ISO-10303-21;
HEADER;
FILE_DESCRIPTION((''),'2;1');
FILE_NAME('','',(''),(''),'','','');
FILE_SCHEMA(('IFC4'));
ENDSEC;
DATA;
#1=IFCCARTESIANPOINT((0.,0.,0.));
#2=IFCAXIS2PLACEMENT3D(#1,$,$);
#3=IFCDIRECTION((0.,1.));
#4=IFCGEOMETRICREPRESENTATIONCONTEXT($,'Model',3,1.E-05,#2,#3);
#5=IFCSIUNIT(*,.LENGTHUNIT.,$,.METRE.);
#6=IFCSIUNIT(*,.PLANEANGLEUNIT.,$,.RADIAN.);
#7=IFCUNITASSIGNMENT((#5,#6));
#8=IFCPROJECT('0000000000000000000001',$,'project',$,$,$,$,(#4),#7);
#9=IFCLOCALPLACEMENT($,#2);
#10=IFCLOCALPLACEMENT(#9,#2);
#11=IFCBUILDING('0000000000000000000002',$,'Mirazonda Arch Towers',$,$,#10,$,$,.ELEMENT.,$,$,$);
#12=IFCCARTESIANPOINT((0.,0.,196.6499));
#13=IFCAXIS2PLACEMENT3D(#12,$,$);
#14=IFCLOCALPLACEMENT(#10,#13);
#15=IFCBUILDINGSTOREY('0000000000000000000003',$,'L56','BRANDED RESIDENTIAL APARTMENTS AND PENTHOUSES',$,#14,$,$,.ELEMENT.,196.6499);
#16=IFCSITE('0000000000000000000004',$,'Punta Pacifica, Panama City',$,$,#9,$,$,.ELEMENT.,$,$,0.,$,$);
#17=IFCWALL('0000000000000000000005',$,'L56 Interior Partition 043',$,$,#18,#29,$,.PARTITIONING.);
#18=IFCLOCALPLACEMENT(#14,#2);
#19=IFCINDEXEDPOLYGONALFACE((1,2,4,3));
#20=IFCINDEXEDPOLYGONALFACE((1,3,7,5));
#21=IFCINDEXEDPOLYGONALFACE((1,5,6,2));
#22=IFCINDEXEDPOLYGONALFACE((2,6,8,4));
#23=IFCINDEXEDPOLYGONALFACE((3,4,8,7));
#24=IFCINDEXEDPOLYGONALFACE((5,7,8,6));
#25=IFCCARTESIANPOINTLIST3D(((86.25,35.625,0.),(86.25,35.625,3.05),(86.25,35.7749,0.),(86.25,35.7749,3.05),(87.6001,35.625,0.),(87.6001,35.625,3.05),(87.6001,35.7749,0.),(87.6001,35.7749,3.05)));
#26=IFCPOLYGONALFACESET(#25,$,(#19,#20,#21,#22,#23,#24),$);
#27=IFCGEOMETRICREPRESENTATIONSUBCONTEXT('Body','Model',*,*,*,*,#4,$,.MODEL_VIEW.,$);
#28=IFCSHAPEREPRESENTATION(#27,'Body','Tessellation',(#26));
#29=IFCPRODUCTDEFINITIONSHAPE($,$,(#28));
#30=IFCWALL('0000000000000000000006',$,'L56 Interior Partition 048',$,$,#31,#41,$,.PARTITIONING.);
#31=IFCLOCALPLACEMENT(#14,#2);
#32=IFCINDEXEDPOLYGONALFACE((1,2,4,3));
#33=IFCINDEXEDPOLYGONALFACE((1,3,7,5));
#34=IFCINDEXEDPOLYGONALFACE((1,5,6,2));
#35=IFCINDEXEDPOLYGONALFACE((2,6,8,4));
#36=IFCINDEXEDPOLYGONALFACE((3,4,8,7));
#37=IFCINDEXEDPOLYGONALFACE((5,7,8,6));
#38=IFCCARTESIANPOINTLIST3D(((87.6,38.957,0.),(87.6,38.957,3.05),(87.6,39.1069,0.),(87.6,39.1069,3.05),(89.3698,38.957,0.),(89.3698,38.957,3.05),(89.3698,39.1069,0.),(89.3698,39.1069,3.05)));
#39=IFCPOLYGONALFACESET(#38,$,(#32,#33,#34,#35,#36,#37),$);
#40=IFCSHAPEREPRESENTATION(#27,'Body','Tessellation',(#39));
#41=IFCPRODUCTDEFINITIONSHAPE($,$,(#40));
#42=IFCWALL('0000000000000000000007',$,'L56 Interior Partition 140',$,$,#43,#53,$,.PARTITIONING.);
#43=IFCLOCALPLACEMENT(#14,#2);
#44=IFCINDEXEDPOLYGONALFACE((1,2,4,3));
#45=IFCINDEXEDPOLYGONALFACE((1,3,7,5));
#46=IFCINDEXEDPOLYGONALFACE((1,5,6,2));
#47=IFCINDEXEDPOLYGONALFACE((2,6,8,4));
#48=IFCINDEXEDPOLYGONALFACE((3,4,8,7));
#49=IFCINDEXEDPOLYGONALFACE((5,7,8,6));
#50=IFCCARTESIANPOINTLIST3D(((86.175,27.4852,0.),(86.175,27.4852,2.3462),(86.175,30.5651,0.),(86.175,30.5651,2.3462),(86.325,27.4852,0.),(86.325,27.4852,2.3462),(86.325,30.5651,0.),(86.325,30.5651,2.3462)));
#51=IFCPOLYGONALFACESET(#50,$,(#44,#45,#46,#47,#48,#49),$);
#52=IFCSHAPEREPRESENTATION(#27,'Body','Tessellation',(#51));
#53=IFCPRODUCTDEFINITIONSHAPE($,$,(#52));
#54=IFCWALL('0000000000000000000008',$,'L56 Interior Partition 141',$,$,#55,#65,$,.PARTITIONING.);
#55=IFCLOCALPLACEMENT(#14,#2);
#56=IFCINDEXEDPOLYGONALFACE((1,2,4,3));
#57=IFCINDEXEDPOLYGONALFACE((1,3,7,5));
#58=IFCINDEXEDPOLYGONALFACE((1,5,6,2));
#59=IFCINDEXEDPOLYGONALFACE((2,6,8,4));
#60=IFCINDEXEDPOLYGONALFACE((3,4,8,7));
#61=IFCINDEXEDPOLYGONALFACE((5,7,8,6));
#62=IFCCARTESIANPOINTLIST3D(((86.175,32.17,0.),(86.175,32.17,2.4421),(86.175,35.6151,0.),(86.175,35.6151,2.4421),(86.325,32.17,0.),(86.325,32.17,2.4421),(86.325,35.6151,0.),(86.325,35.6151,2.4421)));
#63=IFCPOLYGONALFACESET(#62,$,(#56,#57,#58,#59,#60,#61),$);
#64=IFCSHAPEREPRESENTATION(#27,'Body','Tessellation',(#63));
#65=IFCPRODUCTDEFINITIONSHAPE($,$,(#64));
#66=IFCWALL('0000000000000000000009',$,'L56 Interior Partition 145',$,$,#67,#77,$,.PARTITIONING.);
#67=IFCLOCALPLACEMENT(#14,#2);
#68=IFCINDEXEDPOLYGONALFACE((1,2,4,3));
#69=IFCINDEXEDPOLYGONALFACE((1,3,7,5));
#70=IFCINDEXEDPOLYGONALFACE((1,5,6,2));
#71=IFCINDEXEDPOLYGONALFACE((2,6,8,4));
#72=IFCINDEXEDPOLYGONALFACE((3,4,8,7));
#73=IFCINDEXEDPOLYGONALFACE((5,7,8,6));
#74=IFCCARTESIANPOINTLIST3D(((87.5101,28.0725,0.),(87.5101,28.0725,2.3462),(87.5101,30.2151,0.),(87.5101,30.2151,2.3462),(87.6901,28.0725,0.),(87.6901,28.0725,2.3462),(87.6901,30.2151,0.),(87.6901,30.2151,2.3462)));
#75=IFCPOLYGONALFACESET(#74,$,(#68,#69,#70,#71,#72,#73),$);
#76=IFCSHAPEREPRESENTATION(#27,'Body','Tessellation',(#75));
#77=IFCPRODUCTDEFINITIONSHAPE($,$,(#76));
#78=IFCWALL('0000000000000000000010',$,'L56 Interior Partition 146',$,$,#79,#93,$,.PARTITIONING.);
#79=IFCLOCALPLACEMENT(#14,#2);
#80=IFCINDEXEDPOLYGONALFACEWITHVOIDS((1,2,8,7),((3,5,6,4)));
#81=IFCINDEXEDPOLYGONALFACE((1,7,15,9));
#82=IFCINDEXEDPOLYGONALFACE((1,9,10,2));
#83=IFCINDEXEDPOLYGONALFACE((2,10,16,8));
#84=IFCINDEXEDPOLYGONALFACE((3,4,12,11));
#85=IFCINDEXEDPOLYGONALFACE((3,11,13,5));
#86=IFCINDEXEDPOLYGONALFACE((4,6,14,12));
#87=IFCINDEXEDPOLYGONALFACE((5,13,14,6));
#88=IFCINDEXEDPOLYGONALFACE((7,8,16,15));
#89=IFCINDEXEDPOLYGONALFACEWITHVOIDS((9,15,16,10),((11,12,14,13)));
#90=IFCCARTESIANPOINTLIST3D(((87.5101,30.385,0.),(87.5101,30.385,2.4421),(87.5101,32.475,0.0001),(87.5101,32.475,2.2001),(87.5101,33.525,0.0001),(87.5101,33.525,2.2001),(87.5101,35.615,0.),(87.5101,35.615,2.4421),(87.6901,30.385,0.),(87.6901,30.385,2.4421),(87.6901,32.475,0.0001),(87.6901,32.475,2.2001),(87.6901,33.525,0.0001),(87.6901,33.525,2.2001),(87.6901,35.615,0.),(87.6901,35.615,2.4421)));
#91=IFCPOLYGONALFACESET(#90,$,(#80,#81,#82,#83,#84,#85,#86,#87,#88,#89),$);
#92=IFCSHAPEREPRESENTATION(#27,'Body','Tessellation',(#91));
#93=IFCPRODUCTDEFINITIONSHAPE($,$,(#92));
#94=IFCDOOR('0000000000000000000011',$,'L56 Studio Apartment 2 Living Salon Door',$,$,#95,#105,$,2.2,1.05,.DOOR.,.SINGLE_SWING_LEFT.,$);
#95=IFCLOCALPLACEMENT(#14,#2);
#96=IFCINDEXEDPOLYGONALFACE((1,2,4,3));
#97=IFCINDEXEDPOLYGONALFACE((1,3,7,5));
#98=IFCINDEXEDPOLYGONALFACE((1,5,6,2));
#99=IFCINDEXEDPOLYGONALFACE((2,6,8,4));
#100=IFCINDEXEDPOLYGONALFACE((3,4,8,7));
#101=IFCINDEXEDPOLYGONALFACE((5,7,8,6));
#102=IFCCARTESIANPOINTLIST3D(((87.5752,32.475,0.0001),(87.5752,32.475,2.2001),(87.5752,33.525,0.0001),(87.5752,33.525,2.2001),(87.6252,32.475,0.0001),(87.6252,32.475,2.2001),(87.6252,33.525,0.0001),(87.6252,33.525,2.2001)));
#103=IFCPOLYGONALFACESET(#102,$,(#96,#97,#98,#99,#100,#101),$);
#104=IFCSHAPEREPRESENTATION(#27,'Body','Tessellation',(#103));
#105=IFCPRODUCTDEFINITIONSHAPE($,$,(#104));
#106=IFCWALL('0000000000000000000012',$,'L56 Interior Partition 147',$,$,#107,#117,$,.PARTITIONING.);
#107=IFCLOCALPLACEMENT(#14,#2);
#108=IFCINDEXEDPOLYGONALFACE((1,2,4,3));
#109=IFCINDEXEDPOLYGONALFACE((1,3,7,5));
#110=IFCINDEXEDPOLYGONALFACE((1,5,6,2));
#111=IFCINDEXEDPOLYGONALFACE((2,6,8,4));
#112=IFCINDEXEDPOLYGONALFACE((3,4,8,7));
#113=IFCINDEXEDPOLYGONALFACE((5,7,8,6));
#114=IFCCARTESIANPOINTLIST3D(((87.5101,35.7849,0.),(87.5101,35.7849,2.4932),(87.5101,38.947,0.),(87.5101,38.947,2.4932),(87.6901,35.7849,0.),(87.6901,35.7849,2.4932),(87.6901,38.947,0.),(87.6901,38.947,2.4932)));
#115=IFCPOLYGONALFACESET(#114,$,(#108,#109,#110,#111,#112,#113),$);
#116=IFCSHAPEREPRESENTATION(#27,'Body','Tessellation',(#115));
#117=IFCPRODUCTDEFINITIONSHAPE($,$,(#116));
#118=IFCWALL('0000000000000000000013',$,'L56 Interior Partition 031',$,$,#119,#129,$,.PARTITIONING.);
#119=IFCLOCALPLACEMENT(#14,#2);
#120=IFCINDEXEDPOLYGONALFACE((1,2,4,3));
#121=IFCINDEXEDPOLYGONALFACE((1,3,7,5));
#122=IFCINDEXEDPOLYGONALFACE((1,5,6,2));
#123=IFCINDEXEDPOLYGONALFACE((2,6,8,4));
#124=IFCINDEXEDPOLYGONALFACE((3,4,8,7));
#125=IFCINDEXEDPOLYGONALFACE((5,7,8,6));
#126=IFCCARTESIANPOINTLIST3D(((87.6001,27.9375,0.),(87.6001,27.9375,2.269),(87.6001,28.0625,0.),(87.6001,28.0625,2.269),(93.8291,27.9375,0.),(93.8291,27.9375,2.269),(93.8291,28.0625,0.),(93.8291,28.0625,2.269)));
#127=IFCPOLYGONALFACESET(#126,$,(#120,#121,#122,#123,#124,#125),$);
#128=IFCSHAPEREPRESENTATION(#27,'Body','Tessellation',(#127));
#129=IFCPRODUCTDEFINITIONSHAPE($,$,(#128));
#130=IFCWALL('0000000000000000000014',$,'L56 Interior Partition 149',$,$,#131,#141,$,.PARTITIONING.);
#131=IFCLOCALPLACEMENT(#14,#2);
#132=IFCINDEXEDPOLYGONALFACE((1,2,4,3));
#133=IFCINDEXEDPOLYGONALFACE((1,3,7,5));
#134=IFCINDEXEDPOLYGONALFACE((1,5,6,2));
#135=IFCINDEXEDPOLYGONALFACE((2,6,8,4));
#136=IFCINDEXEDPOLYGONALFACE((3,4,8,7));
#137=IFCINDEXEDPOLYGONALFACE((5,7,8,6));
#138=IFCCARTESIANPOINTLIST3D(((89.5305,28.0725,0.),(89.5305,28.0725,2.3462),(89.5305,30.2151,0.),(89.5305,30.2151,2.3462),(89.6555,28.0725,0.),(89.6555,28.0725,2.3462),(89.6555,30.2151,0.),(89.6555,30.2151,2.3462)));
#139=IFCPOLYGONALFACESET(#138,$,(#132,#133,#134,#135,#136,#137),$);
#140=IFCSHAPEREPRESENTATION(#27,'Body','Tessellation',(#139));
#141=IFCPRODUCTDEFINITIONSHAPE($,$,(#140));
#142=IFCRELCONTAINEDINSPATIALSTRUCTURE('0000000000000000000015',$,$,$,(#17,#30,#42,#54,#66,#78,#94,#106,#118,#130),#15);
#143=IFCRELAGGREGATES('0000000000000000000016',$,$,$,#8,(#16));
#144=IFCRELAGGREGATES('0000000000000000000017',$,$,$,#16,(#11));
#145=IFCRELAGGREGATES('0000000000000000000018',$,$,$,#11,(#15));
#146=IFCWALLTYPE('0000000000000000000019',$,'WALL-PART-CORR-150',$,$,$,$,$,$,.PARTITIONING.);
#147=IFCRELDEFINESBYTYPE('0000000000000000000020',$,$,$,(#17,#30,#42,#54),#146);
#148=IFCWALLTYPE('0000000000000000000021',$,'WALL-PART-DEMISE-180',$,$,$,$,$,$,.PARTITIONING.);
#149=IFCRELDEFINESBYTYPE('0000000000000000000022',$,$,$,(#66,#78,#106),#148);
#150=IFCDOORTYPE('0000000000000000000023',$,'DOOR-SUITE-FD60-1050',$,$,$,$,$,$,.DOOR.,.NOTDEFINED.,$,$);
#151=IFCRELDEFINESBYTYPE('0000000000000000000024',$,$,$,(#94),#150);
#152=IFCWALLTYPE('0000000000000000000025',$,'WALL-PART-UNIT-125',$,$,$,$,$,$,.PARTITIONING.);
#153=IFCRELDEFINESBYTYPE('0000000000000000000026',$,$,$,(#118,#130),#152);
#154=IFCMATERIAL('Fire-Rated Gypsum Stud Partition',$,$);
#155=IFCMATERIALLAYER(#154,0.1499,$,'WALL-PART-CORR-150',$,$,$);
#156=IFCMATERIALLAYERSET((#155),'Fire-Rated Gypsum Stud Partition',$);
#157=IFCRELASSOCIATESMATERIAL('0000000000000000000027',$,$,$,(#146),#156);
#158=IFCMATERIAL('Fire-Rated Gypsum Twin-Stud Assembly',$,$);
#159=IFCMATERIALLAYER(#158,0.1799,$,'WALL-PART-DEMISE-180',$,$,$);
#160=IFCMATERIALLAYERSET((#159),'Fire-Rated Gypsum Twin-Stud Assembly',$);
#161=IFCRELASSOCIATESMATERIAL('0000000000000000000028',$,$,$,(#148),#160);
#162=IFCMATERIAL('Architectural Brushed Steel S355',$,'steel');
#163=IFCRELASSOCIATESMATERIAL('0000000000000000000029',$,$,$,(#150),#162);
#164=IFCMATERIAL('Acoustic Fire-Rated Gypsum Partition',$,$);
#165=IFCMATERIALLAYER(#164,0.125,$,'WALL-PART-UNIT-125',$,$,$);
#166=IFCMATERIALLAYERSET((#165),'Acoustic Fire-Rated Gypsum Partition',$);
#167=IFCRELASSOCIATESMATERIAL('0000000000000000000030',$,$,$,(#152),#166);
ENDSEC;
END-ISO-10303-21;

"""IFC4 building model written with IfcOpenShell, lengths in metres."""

from ifc_helpers import new_model, si_unit, direction, frame, frame_2d, origin, place, context, subcontext, project, spatial, rectangle, extrude, material, layer, layer_set, type_object, element, fill, save


model = new_model("IFC4")

# Units and contexts
model_context = context("Model", 3, precision=1e-05, world=origin(), true_north=direction((0.0, 1.0)))
body_context = subcontext(model_context, "Body", "Model", "MODEL_VIEW")
ifc_project = project(units=[si_unit("LENGTHUNIT", "METRE"), si_unit("PLANEANGLEUNIT", "RADIAN")], contexts=[model_context])

# Site, building, storey
site_placement = place(None, origin())
site = spatial("IfcSite", under=ifc_project, at=site_placement, Name="Punta Pacifica, Panama City", CompositionType="ELEMENT", RefElevation=0.0)
building_placement = place(site_placement, origin())
building = spatial("IfcBuilding", under=site, at=building_placement, Name="Mirazonda Arch Towers", CompositionType="ELEMENT")
storey_placement = place(building_placement, frame((0.0, 0.0, 196.6499)))
storey = spatial("IfcBuildingStorey", under=building, at=storey_placement, Name="L56", Description="BRANDED RESIDENTIAL APARTMENTS AND PENTHOUSES", CompositionType="ELEMENT", Elevation=196.6499)

# Shared definitions
ifc_material_1 = material(Name="Fire-Rated Gypsum Stud Partition")
ifc_layer_1 = layer(ifc_material_1, 0.1499, Name="WALL-PART-CORR-150")
ifc_layer_set_1 = layer_set([ifc_layer_1], Name="Fire-Rated Gypsum Stud Partition")
wall_type_1 = type_object("IfcWallType", Name="WALL-PART-CORR-150", PredefinedType="PARTITIONING", material=ifc_layer_set_1)
ifc_material_2 = material(Name="Architectural Brushed Steel S355", Category="steel")

# Walls
wall_1_placement = place(storey_placement, frame((86.25, 35.7, 0.0), z_axis=(0.0, 0.0, 1.0), x_axis=(1.0, 0.0, 0.0)))
element("IfcWall", 1, at=wall_1_placement, inside=storey, type_object=wall_type_1, Name="L56 Interior Partition 043", PredefinedType="PARTITIONING", context=body_context, shape_type="SweptSolid", body=[
    extrude(rectangle(XDim=1.3501, YDim=0.1499, at=frame_2d((0.675, 0.0))), origin(), (0.0, 0.0, 1.0), 3.05),
])
wall_2_placement = place(storey_placement, frame((87.6001, 39.032, 0.0), z_axis=(0.0, 0.0, 1.0), x_axis=(1.0, 0.0, 0.0)))
element("IfcWall", 2, at=wall_2_placement, inside=storey, type_object=wall_type_1, Name="L56 Interior Partition 048", PredefinedType="PARTITIONING", context=body_context, shape_type="SweptSolid", body=[
    extrude(rectangle(XDim=1.7698, YDim=0.1499, at=frame_2d((0.8848, 0.0))), origin(), (0.0, 0.0, 1.0), 3.05),
])
wall_3_placement = place(storey_placement, frame((86.25, 27.4851, 0.0), z_axis=(0.0, 0.0, 1.0), x_axis=(0.0, 1.0, 0.0)))
element("IfcWall", 3, at=wall_3_placement, inside=storey, type_object=wall_type_1, Name="L56 Interior Partition 140", PredefinedType="PARTITIONING", context=body_context, shape_type="SweptSolid", body=[
    extrude(rectangle(XDim=3.0798, YDim=0.1499, at=frame_2d((1.54, 0.0))), origin(), (0.0, 0.0, 1.0), 2.3462),
])
wall_4_placement = place(storey_placement, frame((86.25, 32.1699, 0.0), z_axis=(0.0, 0.0, 1.0), x_axis=(0.0, 1.0, 0.0)))
element("IfcWall", 4, at=wall_4_placement, inside=storey, type_object=wall_type_1, Name="L56 Interior Partition 141", PredefinedType="PARTITIONING", context=body_context, shape_type="SweptSolid", body=[
    extrude(rectangle(XDim=3.4451, YDim=0.1499, at=frame_2d((1.7227, 0.0))), origin(), (0.0, 0.0, 1.0), 2.4421),
])
ifc_material_3 = material(Name="Fire-Rated Gypsum Twin-Stud Assembly")
ifc_layer_2 = layer(ifc_material_3, 0.1799, Name="WALL-PART-DEMISE-180")
ifc_layer_set_2 = layer_set([ifc_layer_2], Name="Fire-Rated Gypsum Twin-Stud Assembly")
wall_type_2 = type_object("IfcWallType", Name="WALL-PART-DEMISE-180", PredefinedType="PARTITIONING", material=ifc_layer_set_2)
wall_5_placement = place(storey_placement, frame((87.6001, 28.0725, 0.0), z_axis=(0.0, 0.0, 1.0), x_axis=(0.0, 1.0, 0.0)))
element("IfcWall", 5, at=wall_5_placement, inside=storey, type_object=wall_type_2, Name="L56 Interior Partition 145", PredefinedType="PARTITIONING", context=body_context, shape_type="SweptSolid", body=[
    extrude(rectangle(XDim=2.1426, YDim=0.1799, at=frame_2d((1.0713, 0.0))), origin(), (0.0, 0.0, 1.0), 2.3462),
])

# Wall, opening, door
wall_6_placement = place(storey_placement, frame((87.6001, 30.385, 0.0), z_axis=(0.0, 0.0, 1.0), x_axis=(0.0, 1.0, 0.0)))
wall_6 = element("IfcWall", 6, at=wall_6_placement, inside=storey, type_object=wall_type_2, Name="L56 Interior Partition 146", PredefinedType="PARTITIONING", context=body_context, shape_type="SweptSolid", body=[
    extrude(rectangle(XDim=5.23, YDim=0.1799, at=frame_2d((2.615, 0.0))), origin(), (0.0, 0.0, 1.0), 2.4421),
])
opening_1_placement = place(wall_6_placement, frame((2.0901, 0.0, 0.0)))
opening_1 = element("IfcOpeningElement", 7, at=opening_1_placement, cuts=wall_6, PredefinedType="OPENING", context=body_context, shape_type="SweptSolid", body=[
    extrude(rectangle(XDim=1.05, YDim=2.2, at=frame_2d((0.5249, 1.1001))), frame((0.0, 0.0999, 0.0), z_axis=(0.0, -1.0, 0.0), x_axis=(1.0, 0.0, 0.0)), (0.0, 0.0, 1.0), 0.2),
])
door_type_1 = type_object("IfcDoorType", Name="DOOR-SUITE-FD60-1050", OperationType="NOTDEFINED", PredefinedType="DOOR", material=ifc_material_2)
door_1_placement = place(opening_1_placement, origin())
door_1 = element("IfcDoor", 8, at=door_1_placement, inside=storey, type_object=door_type_1, Name="L56 Studio Apartment 2 Living Salon Door", OperationType="SINGLE_SWING_LEFT", OverallHeight=2.2, OverallWidth=1.05, PredefinedType="DOOR", context=body_context, shape_type="SweptSolid", body=[
    extrude(rectangle(XDim=1.05, YDim=2.2, at=frame_2d((0.5249, 1.1001))), frame((0.0, 0.0249, 0.0), z_axis=(0.0, -1.0, 0.0), x_axis=(1.0, 0.0, 0.0)), (0.0, 0.0, 1.0), 0.05),
])
fill(opening_1, door_1)

# Walls
wall_7_placement = place(storey_placement, frame((87.6001, 35.7849, 0.0), z_axis=(0.0, 0.0, 1.0), x_axis=(0.0, 1.0, 0.0)))
element("IfcWall", 9, at=wall_7_placement, inside=storey, type_object=wall_type_2, Name="L56 Interior Partition 147", PredefinedType="PARTITIONING", context=body_context, shape_type="SweptSolid", body=[
    extrude(rectangle(XDim=3.1621, YDim=0.1799, at=frame_2d((1.5811, 0.0))), origin(), (0.0, 0.0, 1.0), 2.4932),
])
ifc_material_4 = material(Name="Acoustic Fire-Rated Gypsum Partition")
ifc_layer_3 = layer(ifc_material_4, 0.125, Name="WALL-PART-UNIT-125")
ifc_layer_set_3 = layer_set([ifc_layer_3], Name="Acoustic Fire-Rated Gypsum Partition")
wall_type_3 = type_object("IfcWallType", Name="WALL-PART-UNIT-125", PredefinedType="PARTITIONING", material=ifc_layer_set_3)
wall_8_placement = place(storey_placement, frame((87.6001, 28.0, 0.0), z_axis=(0.0, 0.0, 1.0), x_axis=(1.0, 0.0, 0.0)))
element("IfcWall", 10, at=wall_8_placement, inside=storey, type_object=wall_type_3, Name="L56 Interior Partition 031", PredefinedType="PARTITIONING", context=body_context, shape_type="SweptSolid", body=[
    extrude(rectangle(XDim=6.229, YDim=0.125, at=frame_2d((3.1145, 0.0))), origin(), (0.0, 0.0, 1.0), 2.269),
])
wall_9_placement = place(storey_placement, frame((89.593, 28.0725, 0.0), z_axis=(0.0, 0.0, 1.0), x_axis=(0.0, 1.0, 0.0)))
element("IfcWall", 11, at=wall_9_placement, inside=storey, type_object=wall_type_3, Name="L56 Interior Partition 149", PredefinedType="PARTITIONING", context=body_context, shape_type="SweptSolid", body=[
    extrude(rectangle(XDim=2.1426, YDim=0.125, at=frame_2d((1.0713, 0.0))), origin(), (0.0, 0.0, 1.0), 2.3462),
])

save(model, "model.ifc")
